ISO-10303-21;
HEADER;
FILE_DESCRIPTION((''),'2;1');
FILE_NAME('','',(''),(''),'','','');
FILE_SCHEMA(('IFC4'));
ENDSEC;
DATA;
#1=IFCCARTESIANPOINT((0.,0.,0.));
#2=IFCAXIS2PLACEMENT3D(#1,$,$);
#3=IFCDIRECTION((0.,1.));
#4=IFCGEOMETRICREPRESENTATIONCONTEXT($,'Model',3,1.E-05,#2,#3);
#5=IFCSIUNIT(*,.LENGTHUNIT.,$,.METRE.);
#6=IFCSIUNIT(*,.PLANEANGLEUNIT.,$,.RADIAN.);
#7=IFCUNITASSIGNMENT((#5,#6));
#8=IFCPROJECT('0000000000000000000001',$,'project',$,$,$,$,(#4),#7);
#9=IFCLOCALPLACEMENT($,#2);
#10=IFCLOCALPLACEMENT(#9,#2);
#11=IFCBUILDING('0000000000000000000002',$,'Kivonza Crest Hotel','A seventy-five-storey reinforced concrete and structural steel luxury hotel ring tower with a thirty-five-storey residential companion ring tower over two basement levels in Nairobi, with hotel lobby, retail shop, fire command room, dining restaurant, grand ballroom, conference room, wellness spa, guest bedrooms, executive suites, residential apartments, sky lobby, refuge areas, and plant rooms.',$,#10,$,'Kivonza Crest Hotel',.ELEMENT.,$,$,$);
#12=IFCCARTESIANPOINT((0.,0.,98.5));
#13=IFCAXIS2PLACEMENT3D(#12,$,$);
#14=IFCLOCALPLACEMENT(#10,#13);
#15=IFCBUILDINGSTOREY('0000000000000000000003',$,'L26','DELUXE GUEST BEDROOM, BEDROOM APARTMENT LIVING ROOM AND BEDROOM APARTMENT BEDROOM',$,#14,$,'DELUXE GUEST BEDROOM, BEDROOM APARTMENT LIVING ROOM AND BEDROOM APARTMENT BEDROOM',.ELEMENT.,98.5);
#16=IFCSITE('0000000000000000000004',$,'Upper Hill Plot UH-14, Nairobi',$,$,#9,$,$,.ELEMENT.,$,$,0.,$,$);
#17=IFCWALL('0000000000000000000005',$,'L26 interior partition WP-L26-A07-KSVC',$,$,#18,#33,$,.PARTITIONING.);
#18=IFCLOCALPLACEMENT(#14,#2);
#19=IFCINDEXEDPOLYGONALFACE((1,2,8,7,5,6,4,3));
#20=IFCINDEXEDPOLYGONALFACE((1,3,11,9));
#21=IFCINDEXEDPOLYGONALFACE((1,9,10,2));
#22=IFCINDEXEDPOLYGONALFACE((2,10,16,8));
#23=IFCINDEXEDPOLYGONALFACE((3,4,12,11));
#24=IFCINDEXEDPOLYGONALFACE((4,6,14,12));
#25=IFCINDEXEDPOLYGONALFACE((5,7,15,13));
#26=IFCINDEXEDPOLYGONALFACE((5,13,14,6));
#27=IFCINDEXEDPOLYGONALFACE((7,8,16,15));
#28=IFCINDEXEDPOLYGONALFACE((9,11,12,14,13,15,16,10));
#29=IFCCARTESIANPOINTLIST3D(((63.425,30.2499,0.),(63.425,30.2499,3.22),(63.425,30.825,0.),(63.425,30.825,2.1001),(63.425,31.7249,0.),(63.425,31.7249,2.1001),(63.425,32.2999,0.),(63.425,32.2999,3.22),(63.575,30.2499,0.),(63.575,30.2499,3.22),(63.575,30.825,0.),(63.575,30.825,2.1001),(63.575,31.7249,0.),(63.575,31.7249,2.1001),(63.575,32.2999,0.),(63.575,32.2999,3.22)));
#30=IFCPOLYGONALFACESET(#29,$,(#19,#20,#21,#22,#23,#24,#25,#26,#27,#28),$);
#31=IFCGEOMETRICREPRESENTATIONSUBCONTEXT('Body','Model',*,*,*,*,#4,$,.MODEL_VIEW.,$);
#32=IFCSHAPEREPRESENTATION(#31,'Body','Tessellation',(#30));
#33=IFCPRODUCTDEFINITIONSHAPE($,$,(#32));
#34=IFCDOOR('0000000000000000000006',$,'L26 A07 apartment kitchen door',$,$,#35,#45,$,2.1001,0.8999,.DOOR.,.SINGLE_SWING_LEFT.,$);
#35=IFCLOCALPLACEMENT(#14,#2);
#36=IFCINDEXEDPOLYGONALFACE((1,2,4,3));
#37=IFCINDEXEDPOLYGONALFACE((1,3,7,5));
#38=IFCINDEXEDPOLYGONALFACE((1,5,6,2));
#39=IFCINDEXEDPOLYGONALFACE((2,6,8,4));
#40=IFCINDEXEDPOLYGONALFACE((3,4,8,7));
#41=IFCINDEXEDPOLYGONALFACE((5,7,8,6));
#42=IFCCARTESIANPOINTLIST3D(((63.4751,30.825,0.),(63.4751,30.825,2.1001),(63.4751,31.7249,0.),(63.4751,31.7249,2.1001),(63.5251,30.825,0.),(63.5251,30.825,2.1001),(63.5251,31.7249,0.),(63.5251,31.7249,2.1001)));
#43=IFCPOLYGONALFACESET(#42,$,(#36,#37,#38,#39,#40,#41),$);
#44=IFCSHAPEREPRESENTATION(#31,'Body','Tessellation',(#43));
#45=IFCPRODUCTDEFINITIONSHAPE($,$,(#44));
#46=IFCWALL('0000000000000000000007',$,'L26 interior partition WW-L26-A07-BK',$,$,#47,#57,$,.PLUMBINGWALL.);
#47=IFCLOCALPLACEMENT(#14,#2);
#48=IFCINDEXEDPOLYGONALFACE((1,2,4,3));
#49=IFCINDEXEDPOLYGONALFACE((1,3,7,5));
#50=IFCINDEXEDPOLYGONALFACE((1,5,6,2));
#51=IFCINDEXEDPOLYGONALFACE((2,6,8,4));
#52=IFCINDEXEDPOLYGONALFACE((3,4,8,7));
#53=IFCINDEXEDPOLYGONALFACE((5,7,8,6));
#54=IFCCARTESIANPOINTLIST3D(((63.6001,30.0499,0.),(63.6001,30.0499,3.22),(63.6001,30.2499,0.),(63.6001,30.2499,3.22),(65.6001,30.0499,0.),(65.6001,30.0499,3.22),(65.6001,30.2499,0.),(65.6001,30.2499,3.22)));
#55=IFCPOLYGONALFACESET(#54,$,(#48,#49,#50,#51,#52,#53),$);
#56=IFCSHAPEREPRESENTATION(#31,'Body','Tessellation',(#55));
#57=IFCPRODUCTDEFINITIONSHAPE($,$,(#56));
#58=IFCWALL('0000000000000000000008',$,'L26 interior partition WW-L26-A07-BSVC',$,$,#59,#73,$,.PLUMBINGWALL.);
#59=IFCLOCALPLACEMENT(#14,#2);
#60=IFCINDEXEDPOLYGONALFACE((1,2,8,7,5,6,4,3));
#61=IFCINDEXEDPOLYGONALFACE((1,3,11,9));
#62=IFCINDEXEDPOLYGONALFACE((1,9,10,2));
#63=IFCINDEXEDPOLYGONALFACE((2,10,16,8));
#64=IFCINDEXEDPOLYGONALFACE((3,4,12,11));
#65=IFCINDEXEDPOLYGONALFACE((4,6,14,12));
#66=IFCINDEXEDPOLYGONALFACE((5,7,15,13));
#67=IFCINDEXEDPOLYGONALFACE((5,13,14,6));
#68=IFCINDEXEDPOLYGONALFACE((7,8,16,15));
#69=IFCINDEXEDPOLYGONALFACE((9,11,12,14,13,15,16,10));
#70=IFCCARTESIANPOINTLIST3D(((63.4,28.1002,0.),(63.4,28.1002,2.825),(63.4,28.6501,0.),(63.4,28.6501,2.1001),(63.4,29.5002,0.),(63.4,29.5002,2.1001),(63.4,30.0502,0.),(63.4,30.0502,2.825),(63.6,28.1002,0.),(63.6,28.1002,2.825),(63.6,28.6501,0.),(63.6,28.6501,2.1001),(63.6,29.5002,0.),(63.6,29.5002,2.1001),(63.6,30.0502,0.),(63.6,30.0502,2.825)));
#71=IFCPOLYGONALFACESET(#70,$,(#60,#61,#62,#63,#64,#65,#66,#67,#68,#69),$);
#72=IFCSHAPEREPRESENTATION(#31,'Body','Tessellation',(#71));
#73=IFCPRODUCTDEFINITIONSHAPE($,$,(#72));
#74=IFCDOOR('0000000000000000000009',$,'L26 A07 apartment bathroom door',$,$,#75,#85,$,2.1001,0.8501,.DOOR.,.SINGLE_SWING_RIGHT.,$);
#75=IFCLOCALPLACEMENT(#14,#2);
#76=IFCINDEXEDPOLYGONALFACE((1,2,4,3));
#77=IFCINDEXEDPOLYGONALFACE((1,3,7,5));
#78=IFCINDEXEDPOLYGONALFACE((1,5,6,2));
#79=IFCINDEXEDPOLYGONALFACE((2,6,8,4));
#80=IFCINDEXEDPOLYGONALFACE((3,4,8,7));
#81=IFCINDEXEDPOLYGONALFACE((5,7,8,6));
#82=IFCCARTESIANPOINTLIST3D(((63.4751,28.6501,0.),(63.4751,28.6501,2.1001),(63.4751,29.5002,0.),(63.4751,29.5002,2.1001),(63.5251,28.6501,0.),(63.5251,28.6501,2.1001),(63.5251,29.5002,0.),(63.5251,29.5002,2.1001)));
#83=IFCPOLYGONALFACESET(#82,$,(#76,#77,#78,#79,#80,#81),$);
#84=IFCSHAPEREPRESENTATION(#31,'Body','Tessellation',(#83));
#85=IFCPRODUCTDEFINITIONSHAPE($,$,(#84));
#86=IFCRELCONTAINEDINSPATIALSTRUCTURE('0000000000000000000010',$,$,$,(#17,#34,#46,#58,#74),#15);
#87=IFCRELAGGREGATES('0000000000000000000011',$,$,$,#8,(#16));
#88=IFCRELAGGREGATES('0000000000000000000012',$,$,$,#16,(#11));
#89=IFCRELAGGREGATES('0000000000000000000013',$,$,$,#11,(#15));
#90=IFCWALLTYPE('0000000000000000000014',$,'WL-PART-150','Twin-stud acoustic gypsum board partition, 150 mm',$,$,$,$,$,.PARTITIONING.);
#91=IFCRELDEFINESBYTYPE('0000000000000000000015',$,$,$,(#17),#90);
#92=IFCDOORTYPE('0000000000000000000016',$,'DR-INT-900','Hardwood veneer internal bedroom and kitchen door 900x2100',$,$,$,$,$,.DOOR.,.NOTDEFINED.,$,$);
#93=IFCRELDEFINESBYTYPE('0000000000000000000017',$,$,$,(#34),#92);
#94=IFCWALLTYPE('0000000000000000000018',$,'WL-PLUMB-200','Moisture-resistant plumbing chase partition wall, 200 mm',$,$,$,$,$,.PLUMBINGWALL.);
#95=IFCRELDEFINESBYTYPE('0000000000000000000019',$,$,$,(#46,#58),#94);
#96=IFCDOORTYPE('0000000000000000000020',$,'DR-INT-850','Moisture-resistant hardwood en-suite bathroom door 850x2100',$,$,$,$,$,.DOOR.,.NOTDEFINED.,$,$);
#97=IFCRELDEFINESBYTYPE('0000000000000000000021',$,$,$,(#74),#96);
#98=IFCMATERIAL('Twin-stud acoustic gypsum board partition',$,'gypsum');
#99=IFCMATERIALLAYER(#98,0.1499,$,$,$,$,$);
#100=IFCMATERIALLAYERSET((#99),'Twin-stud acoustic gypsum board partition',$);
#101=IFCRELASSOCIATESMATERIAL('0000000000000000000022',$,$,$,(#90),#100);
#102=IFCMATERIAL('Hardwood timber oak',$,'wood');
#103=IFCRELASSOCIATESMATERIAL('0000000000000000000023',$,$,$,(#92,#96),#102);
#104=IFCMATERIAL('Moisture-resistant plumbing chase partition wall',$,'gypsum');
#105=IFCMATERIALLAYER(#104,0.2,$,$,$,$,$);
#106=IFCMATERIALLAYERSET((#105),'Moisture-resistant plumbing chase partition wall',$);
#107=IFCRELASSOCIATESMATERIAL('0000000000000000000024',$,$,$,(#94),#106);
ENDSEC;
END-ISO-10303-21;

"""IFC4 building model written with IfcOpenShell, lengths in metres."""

from ifc_helpers import new_model, si_unit, direction, frame, frame_2d, origin, place, context, subcontext, project, spatial, rectangle, extrude, material, layer, layer_set, type_object, element, fill, save


model = new_model("IFC4")

# Units and contexts
model_context = context("Model", 3, precision=1e-05, world=origin(), true_north=direction((0.0, 1.0)))
body_context = subcontext(model_context, "Body", "Model", "MODEL_VIEW")
ifc_project = project(units=[si_unit("LENGTHUNIT", "METRE"), si_unit("PLANEANGLEUNIT", "RADIAN")], contexts=[model_context])

# Site, building, storey
site_placement = place(None, origin())
site = spatial("IfcSite", under=ifc_project, at=site_placement, Name="Upper Hill Plot UH-14, Nairobi", CompositionType="ELEMENT", RefElevation=0.0)
building_placement = place(site_placement, origin())
building = spatial("IfcBuilding", under=site, at=building_placement, Name="Kivonza Crest Hotel", Description="A seventy-five-storey reinforced concrete and structural steel luxury hotel ring tower with a thirty-five-storey residential companion ring tower over two basement levels in Nairobi, with hotel lobby, retail shop, fire command room, dining restaurant, grand ballroom, conference room, wellness spa, guest bedrooms, executive suites, residential apartments, sky lobby, refuge areas, and plant rooms.", LongName="Kivonza Crest Hotel", CompositionType="ELEMENT")
storey_placement = place(building_placement, frame((0.0, 0.0, 98.5)))
storey = spatial("IfcBuildingStorey", under=building, at=storey_placement, Name="L26", Description="DELUXE GUEST BEDROOM, BEDROOM APARTMENT LIVING ROOM AND BEDROOM APARTMENT BEDROOM", LongName="DELUXE GUEST BEDROOM, BEDROOM APARTMENT LIVING ROOM AND BEDROOM APARTMENT BEDROOM", CompositionType="ELEMENT", Elevation=98.5)

# Wall, opening, door
ifc_material_1 = material(Name="Twin-stud acoustic gypsum board partition", Category="gypsum")
ifc_layer_1 = layer(ifc_material_1, 0.1499)
ifc_layer_set_1 = layer_set([ifc_layer_1], Name="Twin-stud acoustic gypsum board partition")
wall_type_1 = type_object("IfcWallType", Name="WL-PART-150", Description="Twin-stud acoustic gypsum board partition, 150 mm", PredefinedType="PARTITIONING", material=ifc_layer_set_1)
wall_1_placement = place(storey_placement, frame((63.5, 30.25, 0.0), z_axis=(0.0, 0.0, 1.0), x_axis=(0.0, 1.0, 0.0)))
wall_1 = element("IfcWall", 1, at=wall_1_placement, inside=storey, type_object=wall_type_1, Name="L26 interior partition WP-L26-A07-KSVC", PredefinedType="PARTITIONING", context=body_context, shape_type="SweptSolid", body=[
    extrude(rectangle(XDim=2.05, YDim=0.1499, at=frame_2d((1.0249, 0.0))), origin(), (0.0, 0.0, 1.0), 3.22),
])
opening_1_placement = place(wall_1_placement, frame((0.575, 0.0, 0.0)))
opening_1 = element("IfcOpeningElement", 2, at=opening_1_placement, cuts=wall_1, PredefinedType="OPENING", context=body_context, shape_type="SweptSolid", body=[
    extrude(rectangle(XDim=0.8999, YDim=2.1001, at=frame_2d((0.45, 1.05))), frame((0.0, 0.085, 0.0), z_axis=(0.0, -1.0, 0.0), x_axis=(1.0, 0.0, 0.0)), (0.0, 0.0, 1.0), 0.1699),
])
ifc_material_2 = material(Name="Hardwood timber oak", Category="wood")
door_type_1 = type_object("IfcDoorType", Name="DR-INT-900", Description="Hardwood veneer internal bedroom and kitchen door 900x2100", OperationType="NOTDEFINED", PredefinedType="DOOR", material=ifc_material_2)
door_1_placement = place(opening_1_placement, origin())
door_1 = element("IfcDoor", 3, at=door_1_placement, inside=storey, type_object=door_type_1, Name="L26 A07 apartment kitchen door", OperationType="SINGLE_SWING_LEFT", OverallHeight=2.1001, OverallWidth=0.8999, PredefinedType="DOOR", context=body_context, shape_type="SweptSolid", body=[
    extrude(rectangle(XDim=0.8999, YDim=2.1001, at=frame_2d((0.45, 1.05))), frame((0.0, 0.0249, 0.0), z_axis=(0.0, -1.0, 0.0), x_axis=(1.0, 0.0, 0.0)), (0.0, 0.0, 1.0), 0.05),
])
fill(opening_1, door_1)

# Wall
ifc_material_3 = material(Name="Moisture-resistant plumbing chase partition wall", Category="gypsum")
ifc_layer_2 = layer(ifc_material_3, 0.2)
ifc_layer_set_2 = layer_set([ifc_layer_2], Name="Moisture-resistant plumbing chase partition wall")
wall_type_2 = type_object("IfcWallType", Name="WL-PLUMB-200", Description="Moisture-resistant plumbing chase partition wall, 200 mm", PredefinedType="PLUMBINGWALL", material=ifc_layer_set_2)
wall_2_placement = place(storey_placement, frame((63.6001, 30.1499, 0.0), z_axis=(0.0, 0.0, 1.0), x_axis=(1.0, 0.0, 0.0)))
element("IfcWall", 4, at=wall_2_placement, inside=storey, type_object=wall_type_2, Name="L26 interior partition WW-L26-A07-BK", PredefinedType="PLUMBINGWALL", context=body_context, shape_type="SweptSolid", body=[
    extrude(rectangle(XDim=2.0, YDim=0.2, at=frame_2d((1.0, 0.0))), origin(), (0.0, 0.0, 1.0), 3.22),
])

# Wall, opening, door
wall_3_placement = place(storey_placement, frame((63.5, 28.1001, 0.0), z_axis=(0.0, 0.0, 1.0), x_axis=(0.0, 1.0, 0.0)))
wall_3 = element("IfcWall", 5, at=wall_3_placement, inside=storey, type_object=wall_type_2, Name="L26 interior partition WW-L26-A07-BSVC", PredefinedType="PLUMBINGWALL", context=body_context, shape_type="SweptSolid", body=[
    extrude(rectangle(XDim=1.95, YDim=0.2, at=frame_2d((0.9751, 0.0))), origin(), (0.0, 0.0, 1.0), 2.825),
])
opening_2_placement = place(wall_3_placement, frame((0.55, 0.0, 0.0)))
opening_2 = element("IfcOpeningElement", 6, at=opening_2_placement, cuts=wall_3, PredefinedType="OPENING", context=body_context, shape_type="SweptSolid", body=[
    extrude(rectangle(XDim=0.8501, YDim=2.1001, at=frame_2d((0.425, 1.05))), frame((0.0, 0.1099, 0.0), z_axis=(0.0, -1.0, 0.0), x_axis=(1.0, 0.0, 0.0)), (0.0, 0.0, 1.0), 0.22),
])
door_type_2 = type_object("IfcDoorType", Name="DR-INT-850", Description="Moisture-resistant hardwood en-suite bathroom door 850x2100", OperationType="NOTDEFINED", PredefinedType="DOOR", material=ifc_material_2)
door_2_placement = place(opening_2_placement, origin())
door_2 = element("IfcDoor", 7, at=door_2_placement, inside=storey, type_object=door_type_2, Name="L26 A07 apartment bathroom door", OperationType="SINGLE_SWING_RIGHT", OverallHeight=2.1001, OverallWidth=0.8501, PredefinedType="DOOR", context=body_context, shape_type="SweptSolid", body=[
    extrude(rectangle(XDim=0.8501, YDim=2.1001, at=frame_2d((0.425, 1.05))), frame((0.0, 0.0249, 0.0), z_axis=(0.0, -1.0, 0.0), x_axis=(1.0, 0.0, 0.0)), (0.0, 0.0, 1.0), 0.05),
])
fill(opening_2, door_2)

save(model, "model.ifc")
